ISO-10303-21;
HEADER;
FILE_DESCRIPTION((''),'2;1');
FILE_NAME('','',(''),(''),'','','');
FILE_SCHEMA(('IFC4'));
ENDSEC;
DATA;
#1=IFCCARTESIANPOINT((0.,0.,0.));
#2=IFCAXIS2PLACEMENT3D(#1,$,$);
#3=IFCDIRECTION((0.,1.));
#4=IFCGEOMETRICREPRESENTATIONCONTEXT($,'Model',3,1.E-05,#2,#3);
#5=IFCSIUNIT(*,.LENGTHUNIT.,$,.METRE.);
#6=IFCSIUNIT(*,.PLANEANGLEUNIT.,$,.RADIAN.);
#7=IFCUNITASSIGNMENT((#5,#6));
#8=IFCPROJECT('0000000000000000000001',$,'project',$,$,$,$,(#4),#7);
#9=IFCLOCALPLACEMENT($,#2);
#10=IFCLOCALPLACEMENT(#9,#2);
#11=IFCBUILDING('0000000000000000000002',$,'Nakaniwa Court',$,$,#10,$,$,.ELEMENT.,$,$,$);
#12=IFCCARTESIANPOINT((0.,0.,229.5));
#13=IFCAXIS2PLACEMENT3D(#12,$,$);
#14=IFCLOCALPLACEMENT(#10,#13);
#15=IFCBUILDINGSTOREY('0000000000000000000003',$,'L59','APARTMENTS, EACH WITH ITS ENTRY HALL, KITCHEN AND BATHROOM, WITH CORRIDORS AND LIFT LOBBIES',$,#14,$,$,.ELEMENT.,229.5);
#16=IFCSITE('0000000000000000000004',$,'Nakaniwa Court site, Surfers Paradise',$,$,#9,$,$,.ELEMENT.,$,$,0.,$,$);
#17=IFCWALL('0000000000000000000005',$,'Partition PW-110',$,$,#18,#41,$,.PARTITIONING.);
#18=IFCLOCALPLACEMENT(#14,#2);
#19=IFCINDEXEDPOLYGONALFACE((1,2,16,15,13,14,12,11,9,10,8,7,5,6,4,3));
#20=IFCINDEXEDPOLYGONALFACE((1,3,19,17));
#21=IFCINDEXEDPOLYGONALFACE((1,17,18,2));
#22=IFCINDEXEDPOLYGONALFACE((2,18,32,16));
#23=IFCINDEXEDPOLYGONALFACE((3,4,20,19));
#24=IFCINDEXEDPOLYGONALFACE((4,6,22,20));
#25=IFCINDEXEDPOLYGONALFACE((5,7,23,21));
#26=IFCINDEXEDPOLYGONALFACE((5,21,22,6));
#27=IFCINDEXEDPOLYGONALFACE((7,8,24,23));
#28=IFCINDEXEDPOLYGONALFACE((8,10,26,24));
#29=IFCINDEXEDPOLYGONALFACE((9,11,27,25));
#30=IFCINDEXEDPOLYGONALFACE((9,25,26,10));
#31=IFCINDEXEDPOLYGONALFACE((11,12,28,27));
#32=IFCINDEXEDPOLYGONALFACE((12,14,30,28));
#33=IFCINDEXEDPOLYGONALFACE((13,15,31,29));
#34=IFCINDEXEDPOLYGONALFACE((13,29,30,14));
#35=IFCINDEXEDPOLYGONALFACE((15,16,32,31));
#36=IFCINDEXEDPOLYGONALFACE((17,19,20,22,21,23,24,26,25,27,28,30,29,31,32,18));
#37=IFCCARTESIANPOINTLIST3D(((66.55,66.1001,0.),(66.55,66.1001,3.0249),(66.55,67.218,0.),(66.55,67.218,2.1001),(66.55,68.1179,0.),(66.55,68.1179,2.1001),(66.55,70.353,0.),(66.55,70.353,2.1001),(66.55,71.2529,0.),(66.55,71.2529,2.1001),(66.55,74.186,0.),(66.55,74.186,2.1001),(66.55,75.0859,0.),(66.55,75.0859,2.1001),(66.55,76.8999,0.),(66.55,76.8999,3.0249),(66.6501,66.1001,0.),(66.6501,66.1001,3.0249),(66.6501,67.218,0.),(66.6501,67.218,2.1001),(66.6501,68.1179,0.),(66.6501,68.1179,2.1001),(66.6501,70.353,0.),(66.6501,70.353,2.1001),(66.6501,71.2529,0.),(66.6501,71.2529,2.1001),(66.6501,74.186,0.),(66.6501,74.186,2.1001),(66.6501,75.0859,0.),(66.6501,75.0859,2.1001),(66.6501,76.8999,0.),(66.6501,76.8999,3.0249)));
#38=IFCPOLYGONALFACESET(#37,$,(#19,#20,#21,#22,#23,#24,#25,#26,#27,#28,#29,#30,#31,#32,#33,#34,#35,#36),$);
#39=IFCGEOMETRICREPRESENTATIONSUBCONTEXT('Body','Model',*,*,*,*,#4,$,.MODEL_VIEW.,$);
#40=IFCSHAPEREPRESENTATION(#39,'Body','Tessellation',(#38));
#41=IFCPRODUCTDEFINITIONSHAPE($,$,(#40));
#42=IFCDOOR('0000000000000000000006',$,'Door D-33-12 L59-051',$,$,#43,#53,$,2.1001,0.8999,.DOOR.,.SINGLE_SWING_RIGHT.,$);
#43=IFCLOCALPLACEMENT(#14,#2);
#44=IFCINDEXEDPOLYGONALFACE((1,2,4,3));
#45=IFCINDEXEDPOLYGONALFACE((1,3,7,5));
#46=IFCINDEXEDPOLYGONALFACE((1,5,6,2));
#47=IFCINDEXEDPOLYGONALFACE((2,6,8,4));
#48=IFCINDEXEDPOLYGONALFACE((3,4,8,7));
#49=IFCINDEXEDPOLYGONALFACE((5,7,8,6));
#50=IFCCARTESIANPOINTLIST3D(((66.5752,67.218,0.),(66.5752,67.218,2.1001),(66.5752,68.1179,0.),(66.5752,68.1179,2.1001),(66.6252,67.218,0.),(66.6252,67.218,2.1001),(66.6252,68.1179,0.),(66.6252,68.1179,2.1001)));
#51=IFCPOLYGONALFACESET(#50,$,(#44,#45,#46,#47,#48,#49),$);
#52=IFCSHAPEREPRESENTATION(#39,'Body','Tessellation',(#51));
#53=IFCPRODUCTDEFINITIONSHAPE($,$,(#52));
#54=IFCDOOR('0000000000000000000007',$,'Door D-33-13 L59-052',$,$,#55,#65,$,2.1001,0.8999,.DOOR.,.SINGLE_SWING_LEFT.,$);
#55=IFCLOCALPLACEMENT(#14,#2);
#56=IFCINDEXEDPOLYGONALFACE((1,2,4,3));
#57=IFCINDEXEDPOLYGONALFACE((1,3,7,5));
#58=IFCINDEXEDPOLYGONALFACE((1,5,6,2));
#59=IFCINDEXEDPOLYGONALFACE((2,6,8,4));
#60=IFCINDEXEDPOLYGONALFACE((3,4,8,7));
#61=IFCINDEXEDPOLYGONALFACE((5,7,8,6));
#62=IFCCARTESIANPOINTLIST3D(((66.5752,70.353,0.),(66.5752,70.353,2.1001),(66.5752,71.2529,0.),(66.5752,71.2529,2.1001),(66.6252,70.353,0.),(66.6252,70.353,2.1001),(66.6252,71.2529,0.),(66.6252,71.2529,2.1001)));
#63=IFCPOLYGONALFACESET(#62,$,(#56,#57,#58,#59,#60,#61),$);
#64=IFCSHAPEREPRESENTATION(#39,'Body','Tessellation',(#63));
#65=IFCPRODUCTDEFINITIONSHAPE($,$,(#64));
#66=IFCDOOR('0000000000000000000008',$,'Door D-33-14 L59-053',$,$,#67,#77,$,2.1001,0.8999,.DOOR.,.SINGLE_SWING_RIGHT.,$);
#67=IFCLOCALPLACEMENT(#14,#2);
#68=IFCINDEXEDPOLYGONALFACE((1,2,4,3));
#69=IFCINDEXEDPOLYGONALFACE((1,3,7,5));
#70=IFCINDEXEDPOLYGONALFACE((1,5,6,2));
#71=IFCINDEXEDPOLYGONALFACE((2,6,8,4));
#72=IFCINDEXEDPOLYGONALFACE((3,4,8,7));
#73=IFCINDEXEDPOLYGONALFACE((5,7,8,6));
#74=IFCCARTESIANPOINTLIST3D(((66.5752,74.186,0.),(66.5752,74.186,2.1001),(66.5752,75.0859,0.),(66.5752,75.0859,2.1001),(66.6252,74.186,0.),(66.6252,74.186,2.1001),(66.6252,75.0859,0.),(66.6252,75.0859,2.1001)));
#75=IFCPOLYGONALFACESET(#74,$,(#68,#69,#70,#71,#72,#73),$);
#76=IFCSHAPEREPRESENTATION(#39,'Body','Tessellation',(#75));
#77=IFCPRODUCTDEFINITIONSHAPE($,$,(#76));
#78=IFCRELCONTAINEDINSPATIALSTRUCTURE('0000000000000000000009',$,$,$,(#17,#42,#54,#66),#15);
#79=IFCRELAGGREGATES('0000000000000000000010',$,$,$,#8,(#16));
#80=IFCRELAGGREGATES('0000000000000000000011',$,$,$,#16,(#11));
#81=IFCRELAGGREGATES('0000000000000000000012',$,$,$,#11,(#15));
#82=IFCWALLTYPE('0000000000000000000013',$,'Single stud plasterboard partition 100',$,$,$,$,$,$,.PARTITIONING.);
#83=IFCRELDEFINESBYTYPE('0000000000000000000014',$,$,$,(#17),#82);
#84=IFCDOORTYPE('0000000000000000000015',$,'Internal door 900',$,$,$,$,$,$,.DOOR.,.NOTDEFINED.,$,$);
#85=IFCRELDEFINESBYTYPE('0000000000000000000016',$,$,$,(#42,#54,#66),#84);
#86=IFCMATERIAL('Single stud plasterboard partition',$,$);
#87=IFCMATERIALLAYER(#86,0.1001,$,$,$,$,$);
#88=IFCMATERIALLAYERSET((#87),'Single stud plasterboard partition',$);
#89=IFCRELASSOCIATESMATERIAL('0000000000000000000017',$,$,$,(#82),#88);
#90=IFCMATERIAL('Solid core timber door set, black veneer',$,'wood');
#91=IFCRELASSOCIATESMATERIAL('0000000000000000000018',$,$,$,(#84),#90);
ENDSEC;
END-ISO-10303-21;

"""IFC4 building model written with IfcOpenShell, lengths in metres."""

from ifc_helpers import new_model, si_unit, direction, frame, frame_2d, origin, place, context, subcontext, project, spatial, rectangle, extrude, material, layer, layer_set, type_object, element, fill, save


model = new_model("IFC4")

# Units and contexts
model_context = context("Model", 3, precision=1e-05, world=origin(), true_north=direction((0.0, 1.0)))
body_context = subcontext(model_context, "Body", "Model", "MODEL_VIEW")
ifc_project = project(units=[si_unit("LENGTHUNIT", "METRE"), si_unit("PLANEANGLEUNIT", "RADIAN")], contexts=[model_context])

# Site, building, storey
site_placement = place(None, origin())
site = spatial("IfcSite", under=ifc_project, at=site_placement, Name="Nakaniwa Court site, Surfers Paradise", CompositionType="ELEMENT", RefElevation=0.0)
building_placement = place(site_placement, origin())
building = spatial("IfcBuilding", under=site, at=building_placement, Name="Nakaniwa Court", CompositionType="ELEMENT")
storey_placement = place(building_placement, frame((0.0, 0.0, 229.5)))
storey = spatial("IfcBuildingStorey", under=building, at=storey_placement, Name="L59", Description="APARTMENTS, EACH WITH ITS ENTRY HALL, KITCHEN AND BATHROOM, WITH CORRIDORS AND LIFT LOBBIES", CompositionType="ELEMENT", Elevation=229.5)

# Wall, openings, doors
ifc_material_1 = material(Name="Single stud plasterboard partition")
ifc_layer_1 = layer(ifc_material_1, 0.1001)
ifc_layer_set_1 = layer_set([ifc_layer_1], Name="Single stud plasterboard partition")
wall_type_1 = type_object("IfcWallType", Name="Single stud plasterboard partition 100", PredefinedType="PARTITIONING", material=ifc_layer_set_1)
wall_1_placement = place(storey_placement, frame((66.6001, 66.1001, 0.0), z_axis=(0.0, 0.0, 1.0), x_axis=(0.0, 1.0, 0.0)))
wall_1 = element("IfcWall", 1, at=wall_1_placement, inside=storey, type_object=wall_type_1, Name="Partition PW-110", PredefinedType="PARTITIONING", context=body_context, shape_type="SweptSolid", body=[
    extrude(rectangle(XDim=10.7998, YDim=0.1001, at=frame_2d((5.3999, 0.0))), origin(), (0.0, 0.0, 1.0), 3.0249),
])
opening_1_placement = place(wall_1_placement, frame((1.1179, 0.0, 0.0)))
opening_1 = element("IfcOpeningElement", 2, at=opening_1_placement, cuts=wall_1, PredefinedType="OPENING", context=body_context, shape_type="SweptSolid", body=[
    extrude(rectangle(XDim=0.8999, YDim=2.1001, at=frame_2d((0.45, 1.05))), frame((0.0, 0.0601, 0.0), z_axis=(0.0, -1.0, 0.0), x_axis=(1.0, 0.0, 0.0)), (0.0, 0.0, 1.0), 0.1201),
])
opening_2_placement = place(wall_1_placement, frame((4.2529, 0.0, 0.0)))
opening_2 = element("IfcOpeningElement", 3, at=opening_2_placement, cuts=wall_1, PredefinedType="OPENING", context=body_context, shape_type="SweptSolid", body=[
    extrude(rectangle(XDim=0.8999, YDim=2.1001, at=frame_2d((0.45, 1.05))), frame((0.0, 0.0601, 0.0), z_axis=(0.0, -1.0, 0.0), x_axis=(1.0, 0.0, 0.0)), (0.0, 0.0, 1.0), 0.1201),
])
opening_3_placement = place(wall_1_placement, frame((8.0859, 0.0, 0.0)))
opening_3 = element("IfcOpeningElement", 4, at=opening_3_placement, cuts=wall_1, PredefinedType="OPENING", context=body_context, shape_type="SweptSolid", body=[
    extrude(rectangle(XDim=0.8999, YDim=2.1001, at=frame_2d((0.45, 1.05))), frame((0.0, 0.0601, 0.0), z_axis=(0.0, -1.0, 0.0), x_axis=(1.0, 0.0, 0.0)), (0.0, 0.0, 1.0), 0.1201),
])
ifc_material_2 = material(Name="Solid core timber door set, black veneer", Category="wood")
door_type = type_object("IfcDoorType", Name="Internal door 900", OperationType="NOTDEFINED", PredefinedType="DOOR", material=ifc_material_2)
door_1_placement = place(opening_1_placement, origin())
door_1 = element("IfcDoor", 5, at=door_1_placement, inside=storey, type_object=door_type, Name="Door D-33-12 L59-051", OperationType="SINGLE_SWING_RIGHT", OverallHeight=2.1001, OverallWidth=0.8999, PredefinedType="DOOR", context=body_context, shape_type="SweptSolid", body=[
    extrude(rectangle(XDim=0.8999, YDim=2.1001, at=frame_2d((0.45, 1.05))), frame((0.0, 0.0249, 0.0), z_axis=(0.0, -1.0, 0.0), x_axis=(1.0, 0.0, 0.0)), (0.0, 0.0, 1.0), 0.05),
])
fill(opening_1, door_1)
door_2_placement = place(opening_2_placement, origin())
door_2 = element("IfcDoor", 6, at=door_2_placement, inside=storey, type_object=door_type, Name="Door D-33-13 L59-052", OperationType="SINGLE_SWING_LEFT", OverallHeight=2.1001, OverallWidth=0.8999, PredefinedType="DOOR", context=body_context, shape_type="SweptSolid", body=[
    extrude(rectangle(XDim=0.8999, YDim=2.1001, at=frame_2d((0.45, 1.05))), frame((0.0, 0.0249, 0.0), z_axis=(0.0, -1.0, 0.0), x_axis=(1.0, 0.0, 0.0)), (0.0, 0.0, 1.0), 0.05),
])
fill(opening_2, door_2)
door_3_placement = place(opening_3_placement, origin())
door_3 = element("IfcDoor", 7, at=door_3_placement, inside=storey, type_object=door_type, Name="Door D-33-14 L59-053", OperationType="SINGLE_SWING_RIGHT", OverallHeight=2.1001, OverallWidth=0.8999, PredefinedType="DOOR", context=body_context, shape_type="SweptSolid", body=[
    extrude(rectangle(XDim=0.8999, YDim=2.1001, at=frame_2d((0.45, 1.05))), frame((0.0, 0.0249, 0.0), z_axis=(0.0, -1.0, 0.0), x_axis=(1.0, 0.0, 0.0)), (0.0, 0.0, 1.0), 0.05),
])
fill(opening_3, door_3)

save(model, "model.ifc")
